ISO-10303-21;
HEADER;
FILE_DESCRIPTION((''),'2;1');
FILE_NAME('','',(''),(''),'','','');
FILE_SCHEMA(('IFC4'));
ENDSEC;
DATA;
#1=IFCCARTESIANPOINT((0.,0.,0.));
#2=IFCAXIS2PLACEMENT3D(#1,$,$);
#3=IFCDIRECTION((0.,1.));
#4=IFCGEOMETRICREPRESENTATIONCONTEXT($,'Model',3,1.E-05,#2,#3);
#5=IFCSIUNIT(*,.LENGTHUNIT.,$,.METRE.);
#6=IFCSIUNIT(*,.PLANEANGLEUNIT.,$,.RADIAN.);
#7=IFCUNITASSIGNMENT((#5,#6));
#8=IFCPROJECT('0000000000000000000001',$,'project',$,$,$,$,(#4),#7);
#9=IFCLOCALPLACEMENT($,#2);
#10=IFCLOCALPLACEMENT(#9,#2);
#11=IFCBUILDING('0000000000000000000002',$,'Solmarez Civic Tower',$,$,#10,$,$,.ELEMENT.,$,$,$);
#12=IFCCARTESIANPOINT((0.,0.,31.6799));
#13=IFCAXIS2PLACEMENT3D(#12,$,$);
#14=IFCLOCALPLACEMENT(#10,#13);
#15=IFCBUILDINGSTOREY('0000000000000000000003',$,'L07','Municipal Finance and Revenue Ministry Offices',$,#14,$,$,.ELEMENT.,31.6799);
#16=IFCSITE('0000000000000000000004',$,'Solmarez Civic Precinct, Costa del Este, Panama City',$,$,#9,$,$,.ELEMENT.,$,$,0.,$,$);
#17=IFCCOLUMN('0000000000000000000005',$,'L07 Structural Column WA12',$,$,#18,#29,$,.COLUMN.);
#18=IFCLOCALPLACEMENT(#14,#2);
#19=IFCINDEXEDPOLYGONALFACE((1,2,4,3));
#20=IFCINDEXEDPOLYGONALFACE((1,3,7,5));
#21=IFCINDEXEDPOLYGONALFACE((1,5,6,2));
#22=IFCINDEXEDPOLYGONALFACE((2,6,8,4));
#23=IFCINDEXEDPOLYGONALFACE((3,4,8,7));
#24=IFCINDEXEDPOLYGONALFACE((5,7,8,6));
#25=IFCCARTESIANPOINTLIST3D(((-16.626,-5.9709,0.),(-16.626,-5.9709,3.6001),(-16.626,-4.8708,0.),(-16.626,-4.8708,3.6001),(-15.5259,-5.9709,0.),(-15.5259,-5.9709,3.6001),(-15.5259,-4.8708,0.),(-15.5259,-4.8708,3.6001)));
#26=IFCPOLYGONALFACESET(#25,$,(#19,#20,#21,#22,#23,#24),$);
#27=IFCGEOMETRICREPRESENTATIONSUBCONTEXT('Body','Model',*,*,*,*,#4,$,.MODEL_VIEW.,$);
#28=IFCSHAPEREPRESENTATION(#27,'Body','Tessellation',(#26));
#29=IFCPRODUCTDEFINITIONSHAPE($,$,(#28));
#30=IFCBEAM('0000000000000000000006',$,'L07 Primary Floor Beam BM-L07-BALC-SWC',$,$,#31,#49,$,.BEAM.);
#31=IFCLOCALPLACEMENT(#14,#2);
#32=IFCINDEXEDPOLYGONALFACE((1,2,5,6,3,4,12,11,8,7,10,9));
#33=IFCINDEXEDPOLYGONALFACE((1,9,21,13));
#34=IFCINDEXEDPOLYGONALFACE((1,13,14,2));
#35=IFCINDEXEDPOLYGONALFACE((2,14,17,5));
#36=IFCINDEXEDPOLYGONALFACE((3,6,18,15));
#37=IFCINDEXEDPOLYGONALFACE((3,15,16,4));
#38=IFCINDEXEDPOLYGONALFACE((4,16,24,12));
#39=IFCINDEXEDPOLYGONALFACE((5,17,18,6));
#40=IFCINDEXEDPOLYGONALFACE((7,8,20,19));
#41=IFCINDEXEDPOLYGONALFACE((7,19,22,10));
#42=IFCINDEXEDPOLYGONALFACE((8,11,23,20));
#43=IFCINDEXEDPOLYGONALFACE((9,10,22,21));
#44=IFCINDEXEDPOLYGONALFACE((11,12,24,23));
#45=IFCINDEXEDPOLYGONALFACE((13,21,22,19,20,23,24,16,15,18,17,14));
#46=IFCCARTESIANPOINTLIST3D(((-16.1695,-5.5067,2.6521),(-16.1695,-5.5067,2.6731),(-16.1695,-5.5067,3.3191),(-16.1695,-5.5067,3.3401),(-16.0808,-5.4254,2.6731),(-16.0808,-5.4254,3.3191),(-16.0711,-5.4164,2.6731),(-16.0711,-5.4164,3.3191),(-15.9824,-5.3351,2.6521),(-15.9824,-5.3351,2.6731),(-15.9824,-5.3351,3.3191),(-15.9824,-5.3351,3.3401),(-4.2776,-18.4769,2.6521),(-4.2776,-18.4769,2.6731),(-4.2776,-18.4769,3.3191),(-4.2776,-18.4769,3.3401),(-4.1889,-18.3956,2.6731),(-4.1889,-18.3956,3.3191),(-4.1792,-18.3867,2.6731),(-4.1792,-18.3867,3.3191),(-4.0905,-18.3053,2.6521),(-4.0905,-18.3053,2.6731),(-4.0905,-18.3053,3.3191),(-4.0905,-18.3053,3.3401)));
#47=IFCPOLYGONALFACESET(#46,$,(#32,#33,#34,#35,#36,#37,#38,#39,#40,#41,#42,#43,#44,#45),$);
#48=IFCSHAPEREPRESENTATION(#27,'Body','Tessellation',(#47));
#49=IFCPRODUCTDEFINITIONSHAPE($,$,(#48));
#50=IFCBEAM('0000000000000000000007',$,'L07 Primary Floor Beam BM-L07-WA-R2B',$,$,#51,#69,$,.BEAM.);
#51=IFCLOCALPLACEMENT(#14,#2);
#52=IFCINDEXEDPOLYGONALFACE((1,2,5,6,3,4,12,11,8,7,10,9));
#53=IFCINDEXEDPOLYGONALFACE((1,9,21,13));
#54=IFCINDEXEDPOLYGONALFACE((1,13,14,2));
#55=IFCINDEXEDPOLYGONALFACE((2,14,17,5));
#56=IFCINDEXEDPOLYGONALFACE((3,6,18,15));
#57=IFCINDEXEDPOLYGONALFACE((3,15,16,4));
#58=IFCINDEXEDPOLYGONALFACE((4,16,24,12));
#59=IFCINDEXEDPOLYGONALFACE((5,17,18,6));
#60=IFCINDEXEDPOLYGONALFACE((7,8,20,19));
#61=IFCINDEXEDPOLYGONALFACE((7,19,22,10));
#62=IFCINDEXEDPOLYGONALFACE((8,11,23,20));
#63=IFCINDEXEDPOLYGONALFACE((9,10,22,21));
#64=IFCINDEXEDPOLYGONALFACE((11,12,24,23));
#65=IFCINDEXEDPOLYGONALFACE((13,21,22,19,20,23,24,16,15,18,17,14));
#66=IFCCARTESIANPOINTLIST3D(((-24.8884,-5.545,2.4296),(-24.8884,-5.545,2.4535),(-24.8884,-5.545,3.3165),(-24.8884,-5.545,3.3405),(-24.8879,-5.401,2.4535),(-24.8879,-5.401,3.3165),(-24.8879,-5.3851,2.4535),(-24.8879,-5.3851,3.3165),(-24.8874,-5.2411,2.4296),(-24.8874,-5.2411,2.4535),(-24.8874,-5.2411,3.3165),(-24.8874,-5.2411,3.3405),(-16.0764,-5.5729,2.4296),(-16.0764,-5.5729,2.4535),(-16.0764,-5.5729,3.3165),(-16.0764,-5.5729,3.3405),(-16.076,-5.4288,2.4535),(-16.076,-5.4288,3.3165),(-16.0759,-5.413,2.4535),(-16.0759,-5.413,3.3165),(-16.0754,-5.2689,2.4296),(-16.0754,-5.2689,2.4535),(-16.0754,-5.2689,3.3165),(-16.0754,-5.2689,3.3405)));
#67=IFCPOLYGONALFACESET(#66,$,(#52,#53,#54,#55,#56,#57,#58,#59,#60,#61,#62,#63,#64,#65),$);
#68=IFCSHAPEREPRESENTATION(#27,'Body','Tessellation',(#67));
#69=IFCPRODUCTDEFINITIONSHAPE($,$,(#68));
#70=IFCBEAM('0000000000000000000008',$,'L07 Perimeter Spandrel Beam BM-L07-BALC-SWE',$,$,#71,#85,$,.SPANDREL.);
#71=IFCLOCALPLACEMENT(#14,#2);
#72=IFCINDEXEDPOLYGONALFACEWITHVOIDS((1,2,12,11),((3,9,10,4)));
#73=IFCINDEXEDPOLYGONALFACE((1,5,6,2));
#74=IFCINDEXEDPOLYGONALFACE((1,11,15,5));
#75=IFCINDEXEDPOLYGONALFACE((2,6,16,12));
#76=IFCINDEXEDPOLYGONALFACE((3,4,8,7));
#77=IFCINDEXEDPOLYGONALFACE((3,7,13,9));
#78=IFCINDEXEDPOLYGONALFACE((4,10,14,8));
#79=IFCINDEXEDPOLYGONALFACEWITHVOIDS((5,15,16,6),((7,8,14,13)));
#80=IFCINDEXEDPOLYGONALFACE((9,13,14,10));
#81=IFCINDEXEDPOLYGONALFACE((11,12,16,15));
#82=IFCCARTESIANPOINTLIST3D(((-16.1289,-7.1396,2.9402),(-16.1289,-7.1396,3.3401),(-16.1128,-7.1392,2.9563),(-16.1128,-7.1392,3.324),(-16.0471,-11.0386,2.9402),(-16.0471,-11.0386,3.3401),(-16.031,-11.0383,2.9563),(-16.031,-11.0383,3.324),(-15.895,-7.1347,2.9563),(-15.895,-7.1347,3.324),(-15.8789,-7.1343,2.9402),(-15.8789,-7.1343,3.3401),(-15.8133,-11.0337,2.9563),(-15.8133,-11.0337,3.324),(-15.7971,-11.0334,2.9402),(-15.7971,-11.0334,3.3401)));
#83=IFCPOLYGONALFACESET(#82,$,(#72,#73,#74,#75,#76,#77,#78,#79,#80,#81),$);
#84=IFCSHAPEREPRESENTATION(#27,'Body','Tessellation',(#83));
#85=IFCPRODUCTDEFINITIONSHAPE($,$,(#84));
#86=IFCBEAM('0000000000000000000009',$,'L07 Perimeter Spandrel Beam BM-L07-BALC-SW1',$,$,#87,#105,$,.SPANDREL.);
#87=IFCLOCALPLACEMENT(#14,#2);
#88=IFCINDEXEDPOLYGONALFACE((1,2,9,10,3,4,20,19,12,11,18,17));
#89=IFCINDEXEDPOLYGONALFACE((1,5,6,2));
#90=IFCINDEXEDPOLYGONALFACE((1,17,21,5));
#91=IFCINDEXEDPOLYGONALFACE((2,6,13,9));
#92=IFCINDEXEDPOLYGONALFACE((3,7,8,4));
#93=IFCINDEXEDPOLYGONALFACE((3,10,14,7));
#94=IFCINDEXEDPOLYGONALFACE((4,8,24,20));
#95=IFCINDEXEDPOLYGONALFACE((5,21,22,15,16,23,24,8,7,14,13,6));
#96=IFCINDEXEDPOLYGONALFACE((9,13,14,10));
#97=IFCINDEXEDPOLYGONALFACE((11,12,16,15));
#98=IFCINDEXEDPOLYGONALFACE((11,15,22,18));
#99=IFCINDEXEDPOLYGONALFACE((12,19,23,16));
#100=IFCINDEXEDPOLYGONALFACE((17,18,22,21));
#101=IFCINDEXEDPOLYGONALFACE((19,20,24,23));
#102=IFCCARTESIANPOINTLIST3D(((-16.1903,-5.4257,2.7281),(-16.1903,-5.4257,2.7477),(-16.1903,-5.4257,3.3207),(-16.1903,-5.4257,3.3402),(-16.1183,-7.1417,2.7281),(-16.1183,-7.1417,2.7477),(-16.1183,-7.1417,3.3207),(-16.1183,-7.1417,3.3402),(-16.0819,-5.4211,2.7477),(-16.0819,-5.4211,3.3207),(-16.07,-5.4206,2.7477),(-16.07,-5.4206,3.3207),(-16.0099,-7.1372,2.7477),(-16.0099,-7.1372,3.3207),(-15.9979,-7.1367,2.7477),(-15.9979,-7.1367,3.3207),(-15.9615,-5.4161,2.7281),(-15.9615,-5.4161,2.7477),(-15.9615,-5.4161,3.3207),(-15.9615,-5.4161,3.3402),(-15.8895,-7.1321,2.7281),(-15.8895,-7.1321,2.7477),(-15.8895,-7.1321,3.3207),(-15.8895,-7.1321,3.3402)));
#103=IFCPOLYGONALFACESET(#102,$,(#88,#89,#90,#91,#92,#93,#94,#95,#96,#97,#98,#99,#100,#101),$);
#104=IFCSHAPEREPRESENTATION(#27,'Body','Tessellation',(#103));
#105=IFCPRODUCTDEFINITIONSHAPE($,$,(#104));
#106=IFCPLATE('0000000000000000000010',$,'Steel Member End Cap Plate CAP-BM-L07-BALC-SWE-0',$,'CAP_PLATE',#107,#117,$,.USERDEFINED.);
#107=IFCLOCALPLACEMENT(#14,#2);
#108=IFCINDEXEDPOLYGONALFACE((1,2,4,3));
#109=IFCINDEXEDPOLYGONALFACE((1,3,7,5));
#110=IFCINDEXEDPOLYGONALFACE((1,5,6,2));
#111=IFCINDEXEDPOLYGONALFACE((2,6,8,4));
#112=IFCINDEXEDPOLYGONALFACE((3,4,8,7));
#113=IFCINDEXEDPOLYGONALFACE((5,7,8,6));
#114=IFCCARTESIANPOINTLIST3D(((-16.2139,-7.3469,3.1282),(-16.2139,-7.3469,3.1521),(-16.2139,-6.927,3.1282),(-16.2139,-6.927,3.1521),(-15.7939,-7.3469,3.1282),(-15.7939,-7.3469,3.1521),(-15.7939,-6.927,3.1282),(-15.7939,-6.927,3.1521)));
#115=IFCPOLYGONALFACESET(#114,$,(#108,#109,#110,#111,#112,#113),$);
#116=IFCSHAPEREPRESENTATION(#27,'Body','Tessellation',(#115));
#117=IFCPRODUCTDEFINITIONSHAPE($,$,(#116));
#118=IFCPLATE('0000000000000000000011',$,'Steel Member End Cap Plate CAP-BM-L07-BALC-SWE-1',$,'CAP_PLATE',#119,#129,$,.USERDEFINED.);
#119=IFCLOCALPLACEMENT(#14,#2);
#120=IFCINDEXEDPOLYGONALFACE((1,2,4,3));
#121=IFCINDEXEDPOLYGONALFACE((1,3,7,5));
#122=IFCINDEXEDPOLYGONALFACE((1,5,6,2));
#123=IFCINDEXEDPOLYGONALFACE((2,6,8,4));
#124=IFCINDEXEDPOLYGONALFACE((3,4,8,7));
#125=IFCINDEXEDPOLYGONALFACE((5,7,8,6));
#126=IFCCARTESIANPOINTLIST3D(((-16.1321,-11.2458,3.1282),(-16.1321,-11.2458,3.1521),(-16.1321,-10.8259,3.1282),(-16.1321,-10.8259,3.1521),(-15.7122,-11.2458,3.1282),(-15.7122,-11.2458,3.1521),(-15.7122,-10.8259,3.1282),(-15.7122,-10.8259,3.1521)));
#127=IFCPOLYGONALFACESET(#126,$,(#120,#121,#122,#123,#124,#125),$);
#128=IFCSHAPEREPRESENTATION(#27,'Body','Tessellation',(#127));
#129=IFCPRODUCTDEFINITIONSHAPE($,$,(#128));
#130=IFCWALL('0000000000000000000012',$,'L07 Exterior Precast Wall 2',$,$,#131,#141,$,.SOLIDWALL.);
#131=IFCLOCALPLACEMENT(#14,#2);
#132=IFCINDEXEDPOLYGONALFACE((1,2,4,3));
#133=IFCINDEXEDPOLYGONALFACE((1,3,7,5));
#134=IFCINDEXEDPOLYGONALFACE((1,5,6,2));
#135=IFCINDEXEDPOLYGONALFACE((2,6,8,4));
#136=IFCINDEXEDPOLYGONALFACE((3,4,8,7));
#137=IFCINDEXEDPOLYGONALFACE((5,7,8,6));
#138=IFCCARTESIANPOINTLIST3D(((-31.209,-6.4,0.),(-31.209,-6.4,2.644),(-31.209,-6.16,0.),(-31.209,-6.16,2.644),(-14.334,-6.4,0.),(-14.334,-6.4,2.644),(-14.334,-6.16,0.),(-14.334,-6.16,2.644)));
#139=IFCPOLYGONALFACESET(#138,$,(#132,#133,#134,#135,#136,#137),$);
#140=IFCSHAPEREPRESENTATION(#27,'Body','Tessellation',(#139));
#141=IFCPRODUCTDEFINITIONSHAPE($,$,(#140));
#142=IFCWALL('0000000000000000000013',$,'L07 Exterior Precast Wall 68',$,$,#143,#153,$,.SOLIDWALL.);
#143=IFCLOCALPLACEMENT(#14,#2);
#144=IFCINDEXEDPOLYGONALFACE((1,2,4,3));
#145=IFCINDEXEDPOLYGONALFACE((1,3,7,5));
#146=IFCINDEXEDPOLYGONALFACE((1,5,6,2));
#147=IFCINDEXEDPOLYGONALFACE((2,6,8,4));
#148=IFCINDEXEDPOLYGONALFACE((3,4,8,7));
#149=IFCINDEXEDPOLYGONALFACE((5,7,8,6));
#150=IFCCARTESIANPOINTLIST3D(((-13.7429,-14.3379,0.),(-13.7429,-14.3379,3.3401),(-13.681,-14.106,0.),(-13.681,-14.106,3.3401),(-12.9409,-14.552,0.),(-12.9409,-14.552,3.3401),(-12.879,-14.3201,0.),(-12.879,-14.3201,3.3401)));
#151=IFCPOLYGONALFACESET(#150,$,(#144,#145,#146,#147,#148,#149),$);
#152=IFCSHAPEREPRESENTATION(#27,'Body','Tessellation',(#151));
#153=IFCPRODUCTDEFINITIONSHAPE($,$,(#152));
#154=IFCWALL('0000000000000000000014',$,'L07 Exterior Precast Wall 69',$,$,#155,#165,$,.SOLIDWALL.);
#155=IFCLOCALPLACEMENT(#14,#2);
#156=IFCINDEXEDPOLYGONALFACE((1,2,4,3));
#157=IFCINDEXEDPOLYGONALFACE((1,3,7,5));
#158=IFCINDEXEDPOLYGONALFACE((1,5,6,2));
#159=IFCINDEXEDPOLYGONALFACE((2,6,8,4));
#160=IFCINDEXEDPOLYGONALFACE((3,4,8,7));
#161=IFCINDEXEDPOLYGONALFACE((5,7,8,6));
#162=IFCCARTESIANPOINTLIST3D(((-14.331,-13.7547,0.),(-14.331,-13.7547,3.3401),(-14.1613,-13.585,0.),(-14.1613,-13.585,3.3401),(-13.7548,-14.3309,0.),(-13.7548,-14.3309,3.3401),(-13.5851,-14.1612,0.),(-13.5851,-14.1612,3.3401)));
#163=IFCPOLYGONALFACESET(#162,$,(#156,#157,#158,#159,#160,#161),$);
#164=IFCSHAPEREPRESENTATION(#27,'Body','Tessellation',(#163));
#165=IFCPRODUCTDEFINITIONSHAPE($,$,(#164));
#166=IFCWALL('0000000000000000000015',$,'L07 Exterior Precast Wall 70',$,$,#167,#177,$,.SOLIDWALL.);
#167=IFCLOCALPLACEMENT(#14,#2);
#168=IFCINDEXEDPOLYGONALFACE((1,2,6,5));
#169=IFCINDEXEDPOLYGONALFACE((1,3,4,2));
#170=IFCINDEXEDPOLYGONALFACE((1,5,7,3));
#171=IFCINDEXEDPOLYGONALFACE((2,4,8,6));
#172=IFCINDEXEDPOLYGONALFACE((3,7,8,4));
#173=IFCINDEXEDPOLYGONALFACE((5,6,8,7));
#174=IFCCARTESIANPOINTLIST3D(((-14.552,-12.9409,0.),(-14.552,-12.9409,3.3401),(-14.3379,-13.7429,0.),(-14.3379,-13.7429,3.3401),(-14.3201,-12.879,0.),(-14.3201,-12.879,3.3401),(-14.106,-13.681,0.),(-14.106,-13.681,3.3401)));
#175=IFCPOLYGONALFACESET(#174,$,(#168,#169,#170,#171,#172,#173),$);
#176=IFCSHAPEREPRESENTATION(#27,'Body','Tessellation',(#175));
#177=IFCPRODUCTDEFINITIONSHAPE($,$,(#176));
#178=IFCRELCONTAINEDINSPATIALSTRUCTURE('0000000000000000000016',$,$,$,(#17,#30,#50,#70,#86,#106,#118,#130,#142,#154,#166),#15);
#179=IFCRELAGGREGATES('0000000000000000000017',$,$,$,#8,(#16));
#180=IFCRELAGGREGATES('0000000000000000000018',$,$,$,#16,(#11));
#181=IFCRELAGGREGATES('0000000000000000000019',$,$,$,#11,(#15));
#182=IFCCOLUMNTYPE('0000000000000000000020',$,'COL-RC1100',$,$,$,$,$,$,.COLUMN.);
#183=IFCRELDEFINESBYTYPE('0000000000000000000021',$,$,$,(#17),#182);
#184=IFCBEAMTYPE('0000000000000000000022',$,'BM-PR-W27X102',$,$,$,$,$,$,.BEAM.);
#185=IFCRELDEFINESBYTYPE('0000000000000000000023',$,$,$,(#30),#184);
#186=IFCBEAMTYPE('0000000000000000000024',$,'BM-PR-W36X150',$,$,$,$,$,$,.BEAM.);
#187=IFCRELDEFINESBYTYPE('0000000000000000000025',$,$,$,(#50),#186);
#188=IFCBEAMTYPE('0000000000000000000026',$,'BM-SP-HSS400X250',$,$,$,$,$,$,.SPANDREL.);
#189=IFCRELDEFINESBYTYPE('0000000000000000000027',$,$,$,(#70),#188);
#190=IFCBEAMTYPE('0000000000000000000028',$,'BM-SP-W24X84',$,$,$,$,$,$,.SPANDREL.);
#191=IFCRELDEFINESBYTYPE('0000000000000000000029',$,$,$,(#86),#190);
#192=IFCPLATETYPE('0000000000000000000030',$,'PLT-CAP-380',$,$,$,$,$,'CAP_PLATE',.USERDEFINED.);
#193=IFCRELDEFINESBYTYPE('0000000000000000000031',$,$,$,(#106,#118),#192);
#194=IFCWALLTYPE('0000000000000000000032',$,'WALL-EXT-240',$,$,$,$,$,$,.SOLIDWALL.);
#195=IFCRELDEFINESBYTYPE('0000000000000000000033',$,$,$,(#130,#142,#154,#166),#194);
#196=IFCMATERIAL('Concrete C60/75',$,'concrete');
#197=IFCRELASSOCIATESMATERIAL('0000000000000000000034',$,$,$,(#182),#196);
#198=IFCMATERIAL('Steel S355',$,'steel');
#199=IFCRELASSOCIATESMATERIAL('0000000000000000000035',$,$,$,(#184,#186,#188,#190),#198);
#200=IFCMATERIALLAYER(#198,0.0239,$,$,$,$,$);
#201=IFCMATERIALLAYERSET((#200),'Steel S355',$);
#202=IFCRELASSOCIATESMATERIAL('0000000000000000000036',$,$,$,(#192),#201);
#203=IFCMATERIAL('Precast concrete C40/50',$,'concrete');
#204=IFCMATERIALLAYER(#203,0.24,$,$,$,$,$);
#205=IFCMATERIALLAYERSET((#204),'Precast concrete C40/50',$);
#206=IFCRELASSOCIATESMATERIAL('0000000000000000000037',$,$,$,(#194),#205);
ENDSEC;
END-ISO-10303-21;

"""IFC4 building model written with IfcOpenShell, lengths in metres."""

from ifc_helpers import new_model, si_unit, direction, frame, frame_2d, origin, origin_2d, place, context, subcontext, project, spatial, rectangle, hollow_rectangle, i_section, extrude, material, layer, layer_set, material_profile, profile_set, type_object, element, save


model = new_model("IFC4")

# Units and contexts
model_context = context("Model", 3, precision=1e-05, world=origin(), true_north=direction((0.0, 1.0)))
body_context = subcontext(model_context, "Body", "Model", "MODEL_VIEW")
ifc_project = project(units=[si_unit("LENGTHUNIT", "METRE"), si_unit("PLANEANGLEUNIT", "RADIAN")], contexts=[model_context])

# Site, building, storey
site_placement = place(None, origin())
site = spatial("IfcSite", under=ifc_project, at=site_placement, Name="Solmarez Civic Precinct, Costa del Este, Panama City", CompositionType="ELEMENT", RefElevation=0.0)
building_placement = place(site_placement, origin())
building = spatial("IfcBuilding", under=site, at=building_placement, Name="Solmarez Civic Tower", CompositionType="ELEMENT")
storey_placement = place(building_placement, frame((0.0, 0.0, 31.6799)))
storey = spatial("IfcBuildingStorey", under=building, at=storey_placement, Name="L07", Description="Municipal Finance and Revenue Ministry Offices", CompositionType="ELEMENT", Elevation=31.6799)

# Column
ifc_material_1 = material(Name="Concrete C60/75", Category="concrete")
ifc_material_profile_1 = material_profile(ifc_material_1, rectangle(XDim=1.1001, YDim=1.1001, at=origin_2d()), Name="RC1100X1100")
ifc_profile_set_1 = profile_set([ifc_material_profile_1], Name="Concrete C60/75")
column_type = type_object("IfcColumnType", Name="COL-RC1100", PredefinedType="COLUMN", material=ifc_profile_set_1)
column_placement = place(storey_placement, frame((-16.0759, -5.4209, 0.0), z_axis=(0.0, 0.0, 1.0), x_axis=(1.0, 0.0, 0.0)))
element("IfcColumn", 1, at=column_placement, inside=storey, type_object=column_type, Name="L07 Structural Column WA12", PredefinedType="COLUMN", context=body_context, shape_type="SweptSolid", body=[
    extrude(rectangle(XDim=1.1001, YDim=1.1001, at=origin_2d()), origin(), (0.0, 0.0, 1.0), 3.6001),
])

# Beams
ifc_material_2 = material(Name="Steel S355", Category="steel")
ifc_material_profile_2 = material_profile(ifc_material_2, i_section(OverallWidth=0.2539, OverallDepth=0.688, WebThickness=0.0132, FlangeThickness=0.021, at=origin_2d()), Name="W27X102")
ifc_profile_set_2 = profile_set([ifc_material_profile_2], Name="Steel S355")
beam_type_1 = type_object("IfcBeamType", Name="BM-PR-W27X102", PredefinedType="BEAM", material=ifc_profile_set_2)
beam_1_placement = place(storey_placement, frame((-16.0759, -5.4209, 2.9961), z_axis=(0.675801, -0.737084, 0.0), x_axis=(0.737084, 0.675801, 0.0)))
element("IfcBeam", 2, at=beam_1_placement, inside=storey, type_object=beam_type_1, Name="L07 Primary Floor Beam BM-L07-BALC-SWC", PredefinedType="BEAM", context=body_context, shape_type="SweptSolid", body=[
    extrude(i_section(OverallWidth=0.2539, OverallDepth=0.688, WebThickness=0.0132, FlangeThickness=0.021, at=origin_2d()), origin(), (0.0, 0.0, 1.0), 17.5967),
])
ifc_material_profile_3 = material_profile(ifc_material_2, i_section(OverallWidth=0.304, OverallDepth=0.9109, WebThickness=0.0159, FlangeThickness=0.0239, at=origin_2d()), Name="W36X150")
ifc_profile_set_3 = profile_set([ifc_material_profile_3], Name="Steel S355")
beam_type_2 = type_object("IfcBeamType", Name="BM-PR-W36X150", PredefinedType="BEAM", material=ifc_profile_set_3)
beam_2_placement = place(storey_placement, frame((-16.0759, -5.4209, 2.885), z_axis=(-0.999995, 0.003158, 0.0), x_axis=(-0.003158, -0.999995, 0.0)))
element("IfcBeam", 3, at=beam_2_placement, inside=storey, type_object=beam_type_2, Name="L07 Primary Floor Beam BM-L07-WA-R2B", PredefinedType="BEAM", context=body_context, shape_type="SweptSolid", body=[
    extrude(i_section(OverallWidth=0.304, OverallDepth=0.9109, WebThickness=0.0159, FlangeThickness=0.0239, at=origin_2d()), origin(), (0.0, 0.0, 1.0), 8.812),
])
ifc_material_profile_4 = material_profile(ifc_material_2, hollow_rectangle(XDim=0.25, YDim=0.3999, WallThickness=0.0161, at=origin_2d()), Name="HSS400X250X16")
ifc_profile_set_4 = profile_set([ifc_material_profile_4], Name="Steel S355")
beam_type_3 = type_object("IfcBeamType", Name="BM-SP-HSS400X250", PredefinedType="SPANDREL", material=ifc_profile_set_4)
beam_3_placement = place(storey_placement, frame((-16.0039, -7.137, 3.1401), z_axis=(0.020972, -0.99978, 0.0), x_axis=(0.99978, 0.020972, 0.0)))
element("IfcBeam", 4, at=beam_3_placement, inside=storey, type_object=beam_type_3, Name="L07 Perimeter Spandrel Beam BM-L07-BALC-SWE", PredefinedType="SPANDREL", context=body_context, shape_type="SweptSolid", body=[
    extrude(hollow_rectangle(XDim=0.25, YDim=0.3999, WallThickness=0.0161, at=origin_2d()), origin(), (0.0, 0.0, 1.0), 3.8999),
])
ifc_material_profile_5 = material_profile(ifc_material_2, i_section(OverallWidth=0.229, OverallDepth=0.6121, WebThickness=0.012, FlangeThickness=0.0195, at=origin_2d()), Name="W24X84")
ifc_profile_set_5 = profile_set([ifc_material_profile_5], Name="Steel S355")
beam_type_4 = type_object("IfcBeamType", Name="BM-SP-W24X84", PredefinedType="SPANDREL", material=ifc_profile_set_5)
beam_4_placement = place(storey_placement, frame((-16.0759, -5.4209, 3.0342), z_axis=(0.041932, -0.99912, 0.0), x_axis=(0.99912, 0.041932, 0.0)))
element("IfcBeam", 5, at=beam_4_placement, inside=storey, type_object=beam_type_4, Name="L07 Perimeter Spandrel Beam BM-L07-BALC-SW1", PredefinedType="SPANDREL", context=body_context, shape_type="SweptSolid", body=[
    extrude(i_section(OverallWidth=0.229, OverallDepth=0.6121, WebThickness=0.012, FlangeThickness=0.0195, at=origin_2d()), origin(), (0.0, 0.0, 1.0), 1.7175),
])

# Plates
ifc_layer_1 = layer(ifc_material_2, 0.0239)
ifc_layer_set_1 = layer_set([ifc_layer_1], Name="Steel S355")
plate_type = type_object("IfcPlateType", Name="PLT-CAP-380", ElementType="CAP_PLATE", PredefinedType="USERDEFINED", material=ifc_layer_set_1)
for number, where, z_axis, x_axis, name in (
    (6, (-16.0039, -7.137, 3.1282), (0.0, 0.0, 1.0), (1.0, 0.0, 0.0), "Steel Member End Cap Plate CAP-BM-L07-BALC-SWE-0"),
    (7, (-15.9221, -11.0359, 3.1282), (0.0, 0.0, 1.0), (1.0, 0.0, 0.0), "Steel Member End Cap Plate CAP-BM-L07-BALC-SWE-1"),
):
    element("IfcPlate", number, at=place(storey_placement, frame(where, z_axis=z_axis, x_axis=x_axis)), inside=storey, type_object=plate_type, Name=name, ObjectType="CAP_PLATE", PredefinedType="USERDEFINED", context=body_context, shape_type="SweptSolid", body=[
        extrude(rectangle(XDim=0.4199, YDim=0.4199, at=origin_2d()), origin(), (0.0, 0.0, 1.0), 0.0239),
    ])

# Walls
ifc_material_3 = material(Name="Precast concrete C40/50", Category="concrete")
ifc_layer_2 = layer(ifc_material_3, 0.24)
ifc_layer_set_2 = layer_set([ifc_layer_2], Name="Precast concrete C40/50")
wall_type_1 = type_object("IfcWallType", Name="WALL-EXT-240", PredefinedType="SOLIDWALL", material=ifc_layer_set_2)
wall_1_placement = place(storey_placement, frame((-14.334, -6.28, 0.0), z_axis=(0.0, 0.0, 1.0), x_axis=(-1.0, 0.0, 0.0)))
element("IfcWall", 8, at=wall_1_placement, inside=storey, type_object=wall_type_1, Name="L07 Exterior Precast Wall 2", PredefinedType="SOLIDWALL", context=body_context, shape_type="SweptSolid", body=[
    extrude(rectangle(XDim=16.875, YDim=0.24, at=frame_2d((8.4375, 0.0))), origin(), (0.0, 0.0, 1.0), 2.644),
])
wall_2_placement = place(storey_placement, frame((-12.9099, -14.436, 0.0), z_axis=(0.0, 0.0, 1.0), x_axis=(-0.966162, 0.257937, 0.0)))
element("IfcWall", 9, at=wall_2_placement, inside=storey, type_object=wall_type_1, Name="L07 Exterior Precast Wall 68", PredefinedType="SOLIDWALL", context=body_context, shape_type="SweptSolid", body=[
    extrude(rectangle(XDim=0.8301, YDim=0.24, at=frame_2d((0.415, 0.0))), origin(), (0.0, 0.0, 1.0), 3.3401),
])
wall_3_placement = place(storey_placement, frame((-13.6699, -14.2461, 0.0), z_axis=(0.0, 0.0, 1.0), x_axis=(-0.707107, 0.707107, 0.0)))
element("IfcWall", 10, at=wall_3_placement, inside=storey, type_object=wall_type_1, Name="L07 Exterior Precast Wall 69", PredefinedType="SOLIDWALL", context=body_context, shape_type="SweptSolid", body=[
    extrude(rectangle(XDim=0.8149, YDim=0.24, at=frame_2d((0.4075, 0.0))), origin(), (0.0, 0.0, 1.0), 3.3401),
])
wall_4_placement = place(storey_placement, frame((-14.2219, -13.7119, 0.0), z_axis=(0.0, 0.0, 1.0), x_axis=(-0.257937, 0.966162, 0.0)))
element("IfcWall", 11, at=wall_4_placement, inside=storey, type_object=wall_type_1, Name="L07 Exterior Precast Wall 70", PredefinedType="SOLIDWALL", context=body_context, shape_type="SweptSolid", body=[
    extrude(rectangle(XDim=0.8301, YDim=0.24, at=frame_2d((0.415, 0.0))), origin(), (0.0, 0.0, 1.0), 3.3401),
])

save(model, "model.ifc")
